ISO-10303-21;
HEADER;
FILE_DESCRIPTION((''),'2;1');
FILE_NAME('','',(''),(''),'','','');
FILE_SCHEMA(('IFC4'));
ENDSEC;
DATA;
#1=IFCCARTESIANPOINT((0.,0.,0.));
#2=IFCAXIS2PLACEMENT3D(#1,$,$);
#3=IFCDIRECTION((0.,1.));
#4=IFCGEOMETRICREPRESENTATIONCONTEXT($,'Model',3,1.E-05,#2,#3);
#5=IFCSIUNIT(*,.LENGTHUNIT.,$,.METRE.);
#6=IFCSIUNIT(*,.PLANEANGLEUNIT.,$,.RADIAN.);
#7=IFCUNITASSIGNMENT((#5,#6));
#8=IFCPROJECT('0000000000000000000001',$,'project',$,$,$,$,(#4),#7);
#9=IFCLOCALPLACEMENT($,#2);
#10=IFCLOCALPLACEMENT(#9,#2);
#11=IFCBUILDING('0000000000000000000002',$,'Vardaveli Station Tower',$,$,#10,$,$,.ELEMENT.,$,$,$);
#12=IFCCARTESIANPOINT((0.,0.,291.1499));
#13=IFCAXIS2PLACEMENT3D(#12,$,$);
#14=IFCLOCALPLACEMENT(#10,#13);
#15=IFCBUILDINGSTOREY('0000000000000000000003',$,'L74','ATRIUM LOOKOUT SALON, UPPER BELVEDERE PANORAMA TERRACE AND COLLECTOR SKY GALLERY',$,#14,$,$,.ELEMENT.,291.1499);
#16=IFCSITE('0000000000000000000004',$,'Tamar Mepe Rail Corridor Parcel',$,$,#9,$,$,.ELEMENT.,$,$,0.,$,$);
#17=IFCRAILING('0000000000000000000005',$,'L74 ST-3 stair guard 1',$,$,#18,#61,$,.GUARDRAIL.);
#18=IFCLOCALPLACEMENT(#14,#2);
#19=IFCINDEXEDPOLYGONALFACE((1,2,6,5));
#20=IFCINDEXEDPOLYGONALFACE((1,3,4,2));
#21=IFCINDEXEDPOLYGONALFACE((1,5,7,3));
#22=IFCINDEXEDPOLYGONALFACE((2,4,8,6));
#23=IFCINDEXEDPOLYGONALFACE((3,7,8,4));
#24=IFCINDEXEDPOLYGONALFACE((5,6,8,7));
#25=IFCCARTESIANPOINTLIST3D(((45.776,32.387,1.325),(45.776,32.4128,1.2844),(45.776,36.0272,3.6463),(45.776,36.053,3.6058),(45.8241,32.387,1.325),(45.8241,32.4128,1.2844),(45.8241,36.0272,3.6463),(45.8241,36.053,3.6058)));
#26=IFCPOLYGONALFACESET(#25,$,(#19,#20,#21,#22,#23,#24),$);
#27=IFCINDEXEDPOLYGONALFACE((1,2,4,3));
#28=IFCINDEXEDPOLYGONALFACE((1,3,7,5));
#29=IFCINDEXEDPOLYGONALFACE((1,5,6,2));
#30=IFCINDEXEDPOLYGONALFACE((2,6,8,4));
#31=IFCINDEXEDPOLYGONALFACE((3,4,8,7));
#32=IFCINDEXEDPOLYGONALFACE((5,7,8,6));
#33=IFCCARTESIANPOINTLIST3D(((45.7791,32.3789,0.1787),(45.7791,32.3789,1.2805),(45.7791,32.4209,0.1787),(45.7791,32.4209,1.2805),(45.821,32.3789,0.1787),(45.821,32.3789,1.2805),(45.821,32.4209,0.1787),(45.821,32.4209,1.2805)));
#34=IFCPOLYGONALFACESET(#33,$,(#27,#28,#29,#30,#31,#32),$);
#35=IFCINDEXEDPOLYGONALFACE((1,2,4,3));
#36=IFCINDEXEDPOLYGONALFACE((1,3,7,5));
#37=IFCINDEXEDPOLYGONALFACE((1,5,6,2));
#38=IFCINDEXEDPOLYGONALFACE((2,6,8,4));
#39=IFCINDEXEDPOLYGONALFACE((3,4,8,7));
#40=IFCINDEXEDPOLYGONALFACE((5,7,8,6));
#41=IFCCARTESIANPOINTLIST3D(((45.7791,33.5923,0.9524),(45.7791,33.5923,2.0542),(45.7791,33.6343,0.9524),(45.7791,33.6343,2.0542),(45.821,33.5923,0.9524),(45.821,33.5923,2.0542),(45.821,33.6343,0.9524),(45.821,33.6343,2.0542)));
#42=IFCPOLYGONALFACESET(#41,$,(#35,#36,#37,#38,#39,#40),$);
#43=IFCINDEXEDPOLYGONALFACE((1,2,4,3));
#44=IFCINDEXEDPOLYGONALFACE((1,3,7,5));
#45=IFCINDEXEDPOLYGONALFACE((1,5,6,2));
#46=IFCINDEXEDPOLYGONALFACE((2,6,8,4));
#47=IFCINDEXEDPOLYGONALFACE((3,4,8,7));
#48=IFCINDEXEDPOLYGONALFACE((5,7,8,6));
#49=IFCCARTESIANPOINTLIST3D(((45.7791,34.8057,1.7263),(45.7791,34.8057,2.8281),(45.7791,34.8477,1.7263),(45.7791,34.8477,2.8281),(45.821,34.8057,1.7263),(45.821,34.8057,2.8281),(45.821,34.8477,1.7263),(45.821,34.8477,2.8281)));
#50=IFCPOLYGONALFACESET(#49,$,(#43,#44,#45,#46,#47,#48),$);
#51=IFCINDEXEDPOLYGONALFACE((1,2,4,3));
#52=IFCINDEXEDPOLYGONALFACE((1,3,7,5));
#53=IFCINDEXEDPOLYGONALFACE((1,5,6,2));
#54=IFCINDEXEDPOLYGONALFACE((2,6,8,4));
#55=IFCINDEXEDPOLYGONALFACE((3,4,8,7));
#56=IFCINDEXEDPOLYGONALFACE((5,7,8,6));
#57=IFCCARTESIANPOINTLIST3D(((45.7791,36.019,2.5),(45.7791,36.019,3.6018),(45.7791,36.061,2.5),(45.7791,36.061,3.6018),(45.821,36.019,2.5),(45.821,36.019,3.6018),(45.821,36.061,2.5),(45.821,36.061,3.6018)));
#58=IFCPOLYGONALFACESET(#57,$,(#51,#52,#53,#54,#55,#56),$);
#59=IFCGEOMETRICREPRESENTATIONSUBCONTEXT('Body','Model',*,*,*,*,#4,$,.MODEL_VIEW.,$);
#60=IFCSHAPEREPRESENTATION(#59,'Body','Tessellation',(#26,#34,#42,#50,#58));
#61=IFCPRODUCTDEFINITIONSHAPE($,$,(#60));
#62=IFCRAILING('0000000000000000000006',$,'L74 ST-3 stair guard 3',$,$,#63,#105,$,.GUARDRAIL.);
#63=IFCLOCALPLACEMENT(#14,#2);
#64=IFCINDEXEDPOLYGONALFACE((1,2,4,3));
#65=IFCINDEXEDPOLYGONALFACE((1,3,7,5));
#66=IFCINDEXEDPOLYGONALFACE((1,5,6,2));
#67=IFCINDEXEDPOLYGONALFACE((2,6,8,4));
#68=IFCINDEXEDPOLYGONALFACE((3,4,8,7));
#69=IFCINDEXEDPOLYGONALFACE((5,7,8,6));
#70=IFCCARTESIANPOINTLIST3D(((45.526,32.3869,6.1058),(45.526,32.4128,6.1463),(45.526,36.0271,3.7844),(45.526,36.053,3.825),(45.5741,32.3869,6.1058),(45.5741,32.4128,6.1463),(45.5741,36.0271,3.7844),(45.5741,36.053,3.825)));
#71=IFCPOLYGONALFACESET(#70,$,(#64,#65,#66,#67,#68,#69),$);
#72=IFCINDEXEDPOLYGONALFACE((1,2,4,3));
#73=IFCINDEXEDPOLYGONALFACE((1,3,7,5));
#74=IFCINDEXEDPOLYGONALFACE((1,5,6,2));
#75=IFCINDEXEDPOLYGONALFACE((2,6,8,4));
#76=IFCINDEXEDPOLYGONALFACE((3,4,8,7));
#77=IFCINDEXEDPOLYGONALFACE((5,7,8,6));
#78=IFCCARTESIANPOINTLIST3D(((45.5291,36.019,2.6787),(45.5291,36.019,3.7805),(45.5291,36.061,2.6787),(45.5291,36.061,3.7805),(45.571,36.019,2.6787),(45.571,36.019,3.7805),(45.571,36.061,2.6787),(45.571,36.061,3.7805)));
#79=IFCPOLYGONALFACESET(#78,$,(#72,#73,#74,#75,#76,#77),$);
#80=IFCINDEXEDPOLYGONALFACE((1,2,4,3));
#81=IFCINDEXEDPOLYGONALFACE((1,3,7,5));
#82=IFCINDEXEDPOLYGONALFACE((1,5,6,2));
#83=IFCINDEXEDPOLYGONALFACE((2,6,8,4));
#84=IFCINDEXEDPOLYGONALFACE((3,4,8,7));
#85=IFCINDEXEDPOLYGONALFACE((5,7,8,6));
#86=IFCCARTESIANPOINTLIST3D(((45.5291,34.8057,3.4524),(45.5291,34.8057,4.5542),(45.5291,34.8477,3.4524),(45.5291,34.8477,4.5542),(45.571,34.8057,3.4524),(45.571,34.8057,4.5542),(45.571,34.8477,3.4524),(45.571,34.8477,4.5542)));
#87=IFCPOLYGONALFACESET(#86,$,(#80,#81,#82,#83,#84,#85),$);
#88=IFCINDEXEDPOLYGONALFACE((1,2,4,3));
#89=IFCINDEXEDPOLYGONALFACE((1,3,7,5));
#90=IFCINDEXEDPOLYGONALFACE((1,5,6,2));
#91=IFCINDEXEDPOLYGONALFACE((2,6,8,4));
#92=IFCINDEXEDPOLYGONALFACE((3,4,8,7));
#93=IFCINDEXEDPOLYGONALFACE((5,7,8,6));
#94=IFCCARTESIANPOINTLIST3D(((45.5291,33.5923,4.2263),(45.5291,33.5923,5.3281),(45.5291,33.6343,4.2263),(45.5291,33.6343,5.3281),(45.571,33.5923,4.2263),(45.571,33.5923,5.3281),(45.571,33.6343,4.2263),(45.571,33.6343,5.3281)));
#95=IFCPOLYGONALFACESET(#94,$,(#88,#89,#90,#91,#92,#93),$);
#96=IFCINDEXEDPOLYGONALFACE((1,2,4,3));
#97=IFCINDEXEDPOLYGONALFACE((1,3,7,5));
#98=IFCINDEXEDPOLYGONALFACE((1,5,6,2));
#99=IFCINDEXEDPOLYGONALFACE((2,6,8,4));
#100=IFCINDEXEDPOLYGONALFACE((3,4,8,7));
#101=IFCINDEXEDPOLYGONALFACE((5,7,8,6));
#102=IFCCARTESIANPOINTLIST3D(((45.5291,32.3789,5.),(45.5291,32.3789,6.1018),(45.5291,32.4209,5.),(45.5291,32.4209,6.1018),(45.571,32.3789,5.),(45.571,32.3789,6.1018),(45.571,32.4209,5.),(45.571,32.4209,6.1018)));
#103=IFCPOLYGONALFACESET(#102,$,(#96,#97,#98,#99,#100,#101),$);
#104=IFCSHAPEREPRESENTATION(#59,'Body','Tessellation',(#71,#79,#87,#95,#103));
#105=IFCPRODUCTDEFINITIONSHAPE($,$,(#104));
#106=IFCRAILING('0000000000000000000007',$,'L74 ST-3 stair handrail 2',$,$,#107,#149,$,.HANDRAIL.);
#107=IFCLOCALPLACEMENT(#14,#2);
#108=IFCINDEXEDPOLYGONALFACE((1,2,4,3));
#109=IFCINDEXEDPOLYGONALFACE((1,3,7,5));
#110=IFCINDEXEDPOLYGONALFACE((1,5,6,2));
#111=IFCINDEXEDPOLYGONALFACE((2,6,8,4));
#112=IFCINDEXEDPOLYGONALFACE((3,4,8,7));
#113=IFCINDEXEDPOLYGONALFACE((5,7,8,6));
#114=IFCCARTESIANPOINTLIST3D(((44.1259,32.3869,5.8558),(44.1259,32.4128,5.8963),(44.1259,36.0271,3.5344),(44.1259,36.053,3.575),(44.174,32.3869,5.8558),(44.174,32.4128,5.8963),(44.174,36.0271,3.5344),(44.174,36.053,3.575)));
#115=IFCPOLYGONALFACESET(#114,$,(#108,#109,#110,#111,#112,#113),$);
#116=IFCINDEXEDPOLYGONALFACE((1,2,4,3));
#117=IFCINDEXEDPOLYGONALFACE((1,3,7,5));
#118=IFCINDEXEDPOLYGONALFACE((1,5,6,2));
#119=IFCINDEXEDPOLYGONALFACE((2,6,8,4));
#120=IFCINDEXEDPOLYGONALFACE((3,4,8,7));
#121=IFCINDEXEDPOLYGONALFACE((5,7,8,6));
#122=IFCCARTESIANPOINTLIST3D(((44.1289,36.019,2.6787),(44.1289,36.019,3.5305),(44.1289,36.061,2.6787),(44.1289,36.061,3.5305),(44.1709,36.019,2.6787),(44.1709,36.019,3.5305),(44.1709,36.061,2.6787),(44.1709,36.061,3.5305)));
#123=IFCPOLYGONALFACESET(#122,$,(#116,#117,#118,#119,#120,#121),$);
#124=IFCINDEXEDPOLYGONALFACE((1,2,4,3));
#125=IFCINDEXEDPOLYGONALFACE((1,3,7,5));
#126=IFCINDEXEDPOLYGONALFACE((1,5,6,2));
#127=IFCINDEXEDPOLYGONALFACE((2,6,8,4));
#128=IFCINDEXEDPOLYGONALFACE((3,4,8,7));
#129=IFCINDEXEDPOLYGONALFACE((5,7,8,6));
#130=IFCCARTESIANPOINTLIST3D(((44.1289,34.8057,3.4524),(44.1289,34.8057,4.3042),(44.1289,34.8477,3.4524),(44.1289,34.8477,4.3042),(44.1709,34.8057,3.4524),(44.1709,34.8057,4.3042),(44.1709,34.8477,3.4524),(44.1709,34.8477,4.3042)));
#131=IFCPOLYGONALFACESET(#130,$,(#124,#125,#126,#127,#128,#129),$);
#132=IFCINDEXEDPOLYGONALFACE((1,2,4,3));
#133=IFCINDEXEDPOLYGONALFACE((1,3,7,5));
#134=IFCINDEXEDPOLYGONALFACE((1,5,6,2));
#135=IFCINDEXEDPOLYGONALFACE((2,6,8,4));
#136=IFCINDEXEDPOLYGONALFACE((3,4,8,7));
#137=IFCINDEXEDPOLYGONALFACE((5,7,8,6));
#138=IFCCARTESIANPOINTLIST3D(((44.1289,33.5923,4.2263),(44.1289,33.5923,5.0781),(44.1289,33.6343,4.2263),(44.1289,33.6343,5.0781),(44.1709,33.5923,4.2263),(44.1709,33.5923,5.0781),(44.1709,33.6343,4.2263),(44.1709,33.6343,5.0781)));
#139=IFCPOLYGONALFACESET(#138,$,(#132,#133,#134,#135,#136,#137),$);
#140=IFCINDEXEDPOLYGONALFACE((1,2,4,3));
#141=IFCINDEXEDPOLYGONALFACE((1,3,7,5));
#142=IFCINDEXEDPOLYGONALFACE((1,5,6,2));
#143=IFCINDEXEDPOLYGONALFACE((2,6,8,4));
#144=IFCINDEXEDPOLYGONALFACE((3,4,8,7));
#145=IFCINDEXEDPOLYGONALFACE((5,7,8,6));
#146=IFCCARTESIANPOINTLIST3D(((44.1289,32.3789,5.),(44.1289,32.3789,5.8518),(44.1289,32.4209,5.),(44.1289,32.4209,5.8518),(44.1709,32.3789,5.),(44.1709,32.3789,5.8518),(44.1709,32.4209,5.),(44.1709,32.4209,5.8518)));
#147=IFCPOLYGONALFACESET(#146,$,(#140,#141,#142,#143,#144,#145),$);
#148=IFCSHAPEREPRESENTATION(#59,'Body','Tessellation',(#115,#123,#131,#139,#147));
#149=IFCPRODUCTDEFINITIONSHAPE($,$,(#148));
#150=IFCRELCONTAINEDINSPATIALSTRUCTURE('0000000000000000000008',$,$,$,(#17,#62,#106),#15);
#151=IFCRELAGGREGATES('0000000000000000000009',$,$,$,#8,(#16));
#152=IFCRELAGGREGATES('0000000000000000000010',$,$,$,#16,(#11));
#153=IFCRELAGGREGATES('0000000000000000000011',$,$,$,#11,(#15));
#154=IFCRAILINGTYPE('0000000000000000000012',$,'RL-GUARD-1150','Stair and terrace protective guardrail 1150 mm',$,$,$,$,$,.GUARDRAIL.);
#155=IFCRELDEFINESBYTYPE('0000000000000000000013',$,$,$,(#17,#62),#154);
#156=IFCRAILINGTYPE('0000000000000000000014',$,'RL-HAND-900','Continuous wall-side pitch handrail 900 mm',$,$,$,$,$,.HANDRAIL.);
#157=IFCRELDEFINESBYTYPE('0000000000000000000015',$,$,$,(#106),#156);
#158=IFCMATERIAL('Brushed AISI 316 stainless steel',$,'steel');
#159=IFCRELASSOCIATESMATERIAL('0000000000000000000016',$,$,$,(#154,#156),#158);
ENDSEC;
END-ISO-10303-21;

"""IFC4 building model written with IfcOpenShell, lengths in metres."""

from ifc_helpers import new_model, si_unit, direction, frame, origin, origin_2d, place, context, subcontext, project, spatial, rectangle, extrude, source, transform, mapped, material, type_object, element, save


model = new_model("IFC4")

# Units and contexts
model_context = context("Model", 3, precision=1e-05, world=origin(), true_north=direction((0.0, 1.0)))
body_context = subcontext(model_context, "Body", "Model", "MODEL_VIEW")
ifc_project = project(units=[si_unit("LENGTHUNIT", "METRE"), si_unit("PLANEANGLEUNIT", "RADIAN")], contexts=[model_context])

# Site, building, storey
site_placement = place(None, origin())
site = spatial("IfcSite", under=ifc_project, at=site_placement, Name="Tamar Mepe Rail Corridor Parcel", CompositionType="ELEMENT", RefElevation=0.0)
building_placement = place(site_placement, origin())
building = spatial("IfcBuilding", under=site, at=building_placement, Name="Vardaveli Station Tower", CompositionType="ELEMENT")
storey_placement = place(building_placement, frame((0.0, 0.0, 291.1499)))
storey = spatial("IfcBuildingStorey", under=building, at=storey_placement, Name="L74", Description="ATRIUM LOOKOUT SALON, UPPER BELVEDERE PANORAMA TERRACE AND COLLECTOR SKY GALLERY", CompositionType="ELEMENT", Elevation=291.1499)

# Railings
ifc_material_1 = material(Name="Brushed AISI 316 stainless steel", Category="steel")
railing_type_1 = type_object("IfcRailingType", Name="RL-GUARD-1150", Description="Stair and terrace protective guardrail 1150 mm", PredefinedType="GUARDRAIL", material=ifc_material_1)
shared_shape_1 = source(origin(), body_context, "Body", "SweptSolid", [
    extrude(rectangle(XDim=0.0481, YDim=0.0481, at=origin_2d()), frame((0.0, 0.0, 1.126), z_axis=(0.0, 0.843153, 0.537673), x_axis=(-1.0, 0.0, 0.0)), (0.0, 0.0, 1.0), 4.3174),
    extrude(rectangle(XDim=0.042, YDim=0.042, at=origin_2d()), origin(), (0.0, 0.0, 1.0), 1.1018),
    extrude(rectangle(XDim=0.042, YDim=0.042, at=origin_2d()), frame((0.0, 1.2134, 0.7737)), (0.0, 0.0, 1.0), 1.1018),
    extrude(rectangle(XDim=0.042, YDim=0.042, at=origin_2d()), frame((0.0, 2.4268, 1.5476)), (0.0, 0.0, 1.0), 1.1018),
    extrude(rectangle(XDim=0.042, YDim=0.042, at=origin_2d()), frame((0.0, 3.6401, 2.3213)), (0.0, 0.0, 1.0), 1.1018),
])
railing_1_placement = place(storey_placement, frame((45.8, 32.3999, 0.1787)))
element("IfcRailing", 1, at=railing_1_placement, inside=storey, type_object=railing_type_1, Name="L74 ST-3 stair guard 1", PredefinedType="GUARDRAIL", context=body_context, shape_type="MappedRepresentation", body=[
    mapped(shared_shape_1, transform((0.0, 0.0, 0.0), scale=1.0)),
])
shared_shape_2 = source(origin(), body_context, "Body", "SweptSolid", [
    extrude(rectangle(XDim=0.0481, YDim=0.0481, at=origin_2d()), frame((0.0, 0.0, 1.126), z_axis=(0.0, -0.843153, 0.537673), x_axis=(1.0, 0.0, 0.0)), (0.0, 0.0, 1.0), 4.3174),
    extrude(rectangle(XDim=0.042, YDim=0.042, at=origin_2d()), origin(), (0.0, 0.0, 1.0), 1.1018),
    extrude(rectangle(XDim=0.042, YDim=0.042, at=origin_2d()), frame((0.0, -1.2134, 0.7737)), (0.0, 0.0, 1.0), 1.1018),
    extrude(rectangle(XDim=0.042, YDim=0.042, at=origin_2d()), frame((0.0, -2.4268, 1.5476)), (0.0, 0.0, 1.0), 1.1018),
    extrude(rectangle(XDim=0.042, YDim=0.042, at=origin_2d()), frame((0.0, -3.6401, 2.3213)), (0.0, 0.0, 1.0), 1.1018),
])
railing_2_placement = place(storey_placement, frame((45.55, 36.04, 2.6787)))
element("IfcRailing", 2, at=railing_2_placement, inside=storey, type_object=railing_type_1, Name="L74 ST-3 stair guard 3", PredefinedType="GUARDRAIL", context=body_context, shape_type="MappedRepresentation", body=[
    mapped(shared_shape_2, transform((0.0, 0.0, 0.0), scale=1.0)),
])
railing_type_2 = type_object("IfcRailingType", Name="RL-HAND-900", Description="Continuous wall-side pitch handrail 900 mm", PredefinedType="HANDRAIL", material=ifc_material_1)
shared_shape_3 = source(origin(), body_context, "Body", "SweptSolid", [
    extrude(rectangle(XDim=0.0481, YDim=0.0481, at=origin_2d()), frame((0.0, 0.0, 0.876), z_axis=(0.0, -0.843153, 0.537673), x_axis=(1.0, 0.0, 0.0)), (0.0, 0.0, 1.0), 4.3174),
    extrude(rectangle(XDim=0.042, YDim=0.042, at=origin_2d()), origin(), (0.0, 0.0, 1.0), 0.8518),
    extrude(rectangle(XDim=0.042, YDim=0.042, at=origin_2d()), frame((0.0, -1.2134, 0.7737)), (0.0, 0.0, 1.0), 0.8518),
    extrude(rectangle(XDim=0.042, YDim=0.042, at=origin_2d()), frame((0.0, -2.4268, 1.5476)), (0.0, 0.0, 1.0), 0.8518),
    extrude(rectangle(XDim=0.042, YDim=0.042, at=origin_2d()), frame((0.0, -3.6401, 2.3213)), (0.0, 0.0, 1.0), 0.8518),
])
railing_3_placement = place(storey_placement, frame((44.1499, 36.04, 2.6787)))
element("IfcRailing", 3, at=railing_3_placement, inside=storey, type_object=railing_type_2, Name="L74 ST-3 stair handrail 2", PredefinedType="HANDRAIL", context=body_context, shape_type="MappedRepresentation", body=[
    mapped(shared_shape_3, transform((0.0, 0.0, 0.0), scale=1.0)),
])

save(model, "model.ifc")
